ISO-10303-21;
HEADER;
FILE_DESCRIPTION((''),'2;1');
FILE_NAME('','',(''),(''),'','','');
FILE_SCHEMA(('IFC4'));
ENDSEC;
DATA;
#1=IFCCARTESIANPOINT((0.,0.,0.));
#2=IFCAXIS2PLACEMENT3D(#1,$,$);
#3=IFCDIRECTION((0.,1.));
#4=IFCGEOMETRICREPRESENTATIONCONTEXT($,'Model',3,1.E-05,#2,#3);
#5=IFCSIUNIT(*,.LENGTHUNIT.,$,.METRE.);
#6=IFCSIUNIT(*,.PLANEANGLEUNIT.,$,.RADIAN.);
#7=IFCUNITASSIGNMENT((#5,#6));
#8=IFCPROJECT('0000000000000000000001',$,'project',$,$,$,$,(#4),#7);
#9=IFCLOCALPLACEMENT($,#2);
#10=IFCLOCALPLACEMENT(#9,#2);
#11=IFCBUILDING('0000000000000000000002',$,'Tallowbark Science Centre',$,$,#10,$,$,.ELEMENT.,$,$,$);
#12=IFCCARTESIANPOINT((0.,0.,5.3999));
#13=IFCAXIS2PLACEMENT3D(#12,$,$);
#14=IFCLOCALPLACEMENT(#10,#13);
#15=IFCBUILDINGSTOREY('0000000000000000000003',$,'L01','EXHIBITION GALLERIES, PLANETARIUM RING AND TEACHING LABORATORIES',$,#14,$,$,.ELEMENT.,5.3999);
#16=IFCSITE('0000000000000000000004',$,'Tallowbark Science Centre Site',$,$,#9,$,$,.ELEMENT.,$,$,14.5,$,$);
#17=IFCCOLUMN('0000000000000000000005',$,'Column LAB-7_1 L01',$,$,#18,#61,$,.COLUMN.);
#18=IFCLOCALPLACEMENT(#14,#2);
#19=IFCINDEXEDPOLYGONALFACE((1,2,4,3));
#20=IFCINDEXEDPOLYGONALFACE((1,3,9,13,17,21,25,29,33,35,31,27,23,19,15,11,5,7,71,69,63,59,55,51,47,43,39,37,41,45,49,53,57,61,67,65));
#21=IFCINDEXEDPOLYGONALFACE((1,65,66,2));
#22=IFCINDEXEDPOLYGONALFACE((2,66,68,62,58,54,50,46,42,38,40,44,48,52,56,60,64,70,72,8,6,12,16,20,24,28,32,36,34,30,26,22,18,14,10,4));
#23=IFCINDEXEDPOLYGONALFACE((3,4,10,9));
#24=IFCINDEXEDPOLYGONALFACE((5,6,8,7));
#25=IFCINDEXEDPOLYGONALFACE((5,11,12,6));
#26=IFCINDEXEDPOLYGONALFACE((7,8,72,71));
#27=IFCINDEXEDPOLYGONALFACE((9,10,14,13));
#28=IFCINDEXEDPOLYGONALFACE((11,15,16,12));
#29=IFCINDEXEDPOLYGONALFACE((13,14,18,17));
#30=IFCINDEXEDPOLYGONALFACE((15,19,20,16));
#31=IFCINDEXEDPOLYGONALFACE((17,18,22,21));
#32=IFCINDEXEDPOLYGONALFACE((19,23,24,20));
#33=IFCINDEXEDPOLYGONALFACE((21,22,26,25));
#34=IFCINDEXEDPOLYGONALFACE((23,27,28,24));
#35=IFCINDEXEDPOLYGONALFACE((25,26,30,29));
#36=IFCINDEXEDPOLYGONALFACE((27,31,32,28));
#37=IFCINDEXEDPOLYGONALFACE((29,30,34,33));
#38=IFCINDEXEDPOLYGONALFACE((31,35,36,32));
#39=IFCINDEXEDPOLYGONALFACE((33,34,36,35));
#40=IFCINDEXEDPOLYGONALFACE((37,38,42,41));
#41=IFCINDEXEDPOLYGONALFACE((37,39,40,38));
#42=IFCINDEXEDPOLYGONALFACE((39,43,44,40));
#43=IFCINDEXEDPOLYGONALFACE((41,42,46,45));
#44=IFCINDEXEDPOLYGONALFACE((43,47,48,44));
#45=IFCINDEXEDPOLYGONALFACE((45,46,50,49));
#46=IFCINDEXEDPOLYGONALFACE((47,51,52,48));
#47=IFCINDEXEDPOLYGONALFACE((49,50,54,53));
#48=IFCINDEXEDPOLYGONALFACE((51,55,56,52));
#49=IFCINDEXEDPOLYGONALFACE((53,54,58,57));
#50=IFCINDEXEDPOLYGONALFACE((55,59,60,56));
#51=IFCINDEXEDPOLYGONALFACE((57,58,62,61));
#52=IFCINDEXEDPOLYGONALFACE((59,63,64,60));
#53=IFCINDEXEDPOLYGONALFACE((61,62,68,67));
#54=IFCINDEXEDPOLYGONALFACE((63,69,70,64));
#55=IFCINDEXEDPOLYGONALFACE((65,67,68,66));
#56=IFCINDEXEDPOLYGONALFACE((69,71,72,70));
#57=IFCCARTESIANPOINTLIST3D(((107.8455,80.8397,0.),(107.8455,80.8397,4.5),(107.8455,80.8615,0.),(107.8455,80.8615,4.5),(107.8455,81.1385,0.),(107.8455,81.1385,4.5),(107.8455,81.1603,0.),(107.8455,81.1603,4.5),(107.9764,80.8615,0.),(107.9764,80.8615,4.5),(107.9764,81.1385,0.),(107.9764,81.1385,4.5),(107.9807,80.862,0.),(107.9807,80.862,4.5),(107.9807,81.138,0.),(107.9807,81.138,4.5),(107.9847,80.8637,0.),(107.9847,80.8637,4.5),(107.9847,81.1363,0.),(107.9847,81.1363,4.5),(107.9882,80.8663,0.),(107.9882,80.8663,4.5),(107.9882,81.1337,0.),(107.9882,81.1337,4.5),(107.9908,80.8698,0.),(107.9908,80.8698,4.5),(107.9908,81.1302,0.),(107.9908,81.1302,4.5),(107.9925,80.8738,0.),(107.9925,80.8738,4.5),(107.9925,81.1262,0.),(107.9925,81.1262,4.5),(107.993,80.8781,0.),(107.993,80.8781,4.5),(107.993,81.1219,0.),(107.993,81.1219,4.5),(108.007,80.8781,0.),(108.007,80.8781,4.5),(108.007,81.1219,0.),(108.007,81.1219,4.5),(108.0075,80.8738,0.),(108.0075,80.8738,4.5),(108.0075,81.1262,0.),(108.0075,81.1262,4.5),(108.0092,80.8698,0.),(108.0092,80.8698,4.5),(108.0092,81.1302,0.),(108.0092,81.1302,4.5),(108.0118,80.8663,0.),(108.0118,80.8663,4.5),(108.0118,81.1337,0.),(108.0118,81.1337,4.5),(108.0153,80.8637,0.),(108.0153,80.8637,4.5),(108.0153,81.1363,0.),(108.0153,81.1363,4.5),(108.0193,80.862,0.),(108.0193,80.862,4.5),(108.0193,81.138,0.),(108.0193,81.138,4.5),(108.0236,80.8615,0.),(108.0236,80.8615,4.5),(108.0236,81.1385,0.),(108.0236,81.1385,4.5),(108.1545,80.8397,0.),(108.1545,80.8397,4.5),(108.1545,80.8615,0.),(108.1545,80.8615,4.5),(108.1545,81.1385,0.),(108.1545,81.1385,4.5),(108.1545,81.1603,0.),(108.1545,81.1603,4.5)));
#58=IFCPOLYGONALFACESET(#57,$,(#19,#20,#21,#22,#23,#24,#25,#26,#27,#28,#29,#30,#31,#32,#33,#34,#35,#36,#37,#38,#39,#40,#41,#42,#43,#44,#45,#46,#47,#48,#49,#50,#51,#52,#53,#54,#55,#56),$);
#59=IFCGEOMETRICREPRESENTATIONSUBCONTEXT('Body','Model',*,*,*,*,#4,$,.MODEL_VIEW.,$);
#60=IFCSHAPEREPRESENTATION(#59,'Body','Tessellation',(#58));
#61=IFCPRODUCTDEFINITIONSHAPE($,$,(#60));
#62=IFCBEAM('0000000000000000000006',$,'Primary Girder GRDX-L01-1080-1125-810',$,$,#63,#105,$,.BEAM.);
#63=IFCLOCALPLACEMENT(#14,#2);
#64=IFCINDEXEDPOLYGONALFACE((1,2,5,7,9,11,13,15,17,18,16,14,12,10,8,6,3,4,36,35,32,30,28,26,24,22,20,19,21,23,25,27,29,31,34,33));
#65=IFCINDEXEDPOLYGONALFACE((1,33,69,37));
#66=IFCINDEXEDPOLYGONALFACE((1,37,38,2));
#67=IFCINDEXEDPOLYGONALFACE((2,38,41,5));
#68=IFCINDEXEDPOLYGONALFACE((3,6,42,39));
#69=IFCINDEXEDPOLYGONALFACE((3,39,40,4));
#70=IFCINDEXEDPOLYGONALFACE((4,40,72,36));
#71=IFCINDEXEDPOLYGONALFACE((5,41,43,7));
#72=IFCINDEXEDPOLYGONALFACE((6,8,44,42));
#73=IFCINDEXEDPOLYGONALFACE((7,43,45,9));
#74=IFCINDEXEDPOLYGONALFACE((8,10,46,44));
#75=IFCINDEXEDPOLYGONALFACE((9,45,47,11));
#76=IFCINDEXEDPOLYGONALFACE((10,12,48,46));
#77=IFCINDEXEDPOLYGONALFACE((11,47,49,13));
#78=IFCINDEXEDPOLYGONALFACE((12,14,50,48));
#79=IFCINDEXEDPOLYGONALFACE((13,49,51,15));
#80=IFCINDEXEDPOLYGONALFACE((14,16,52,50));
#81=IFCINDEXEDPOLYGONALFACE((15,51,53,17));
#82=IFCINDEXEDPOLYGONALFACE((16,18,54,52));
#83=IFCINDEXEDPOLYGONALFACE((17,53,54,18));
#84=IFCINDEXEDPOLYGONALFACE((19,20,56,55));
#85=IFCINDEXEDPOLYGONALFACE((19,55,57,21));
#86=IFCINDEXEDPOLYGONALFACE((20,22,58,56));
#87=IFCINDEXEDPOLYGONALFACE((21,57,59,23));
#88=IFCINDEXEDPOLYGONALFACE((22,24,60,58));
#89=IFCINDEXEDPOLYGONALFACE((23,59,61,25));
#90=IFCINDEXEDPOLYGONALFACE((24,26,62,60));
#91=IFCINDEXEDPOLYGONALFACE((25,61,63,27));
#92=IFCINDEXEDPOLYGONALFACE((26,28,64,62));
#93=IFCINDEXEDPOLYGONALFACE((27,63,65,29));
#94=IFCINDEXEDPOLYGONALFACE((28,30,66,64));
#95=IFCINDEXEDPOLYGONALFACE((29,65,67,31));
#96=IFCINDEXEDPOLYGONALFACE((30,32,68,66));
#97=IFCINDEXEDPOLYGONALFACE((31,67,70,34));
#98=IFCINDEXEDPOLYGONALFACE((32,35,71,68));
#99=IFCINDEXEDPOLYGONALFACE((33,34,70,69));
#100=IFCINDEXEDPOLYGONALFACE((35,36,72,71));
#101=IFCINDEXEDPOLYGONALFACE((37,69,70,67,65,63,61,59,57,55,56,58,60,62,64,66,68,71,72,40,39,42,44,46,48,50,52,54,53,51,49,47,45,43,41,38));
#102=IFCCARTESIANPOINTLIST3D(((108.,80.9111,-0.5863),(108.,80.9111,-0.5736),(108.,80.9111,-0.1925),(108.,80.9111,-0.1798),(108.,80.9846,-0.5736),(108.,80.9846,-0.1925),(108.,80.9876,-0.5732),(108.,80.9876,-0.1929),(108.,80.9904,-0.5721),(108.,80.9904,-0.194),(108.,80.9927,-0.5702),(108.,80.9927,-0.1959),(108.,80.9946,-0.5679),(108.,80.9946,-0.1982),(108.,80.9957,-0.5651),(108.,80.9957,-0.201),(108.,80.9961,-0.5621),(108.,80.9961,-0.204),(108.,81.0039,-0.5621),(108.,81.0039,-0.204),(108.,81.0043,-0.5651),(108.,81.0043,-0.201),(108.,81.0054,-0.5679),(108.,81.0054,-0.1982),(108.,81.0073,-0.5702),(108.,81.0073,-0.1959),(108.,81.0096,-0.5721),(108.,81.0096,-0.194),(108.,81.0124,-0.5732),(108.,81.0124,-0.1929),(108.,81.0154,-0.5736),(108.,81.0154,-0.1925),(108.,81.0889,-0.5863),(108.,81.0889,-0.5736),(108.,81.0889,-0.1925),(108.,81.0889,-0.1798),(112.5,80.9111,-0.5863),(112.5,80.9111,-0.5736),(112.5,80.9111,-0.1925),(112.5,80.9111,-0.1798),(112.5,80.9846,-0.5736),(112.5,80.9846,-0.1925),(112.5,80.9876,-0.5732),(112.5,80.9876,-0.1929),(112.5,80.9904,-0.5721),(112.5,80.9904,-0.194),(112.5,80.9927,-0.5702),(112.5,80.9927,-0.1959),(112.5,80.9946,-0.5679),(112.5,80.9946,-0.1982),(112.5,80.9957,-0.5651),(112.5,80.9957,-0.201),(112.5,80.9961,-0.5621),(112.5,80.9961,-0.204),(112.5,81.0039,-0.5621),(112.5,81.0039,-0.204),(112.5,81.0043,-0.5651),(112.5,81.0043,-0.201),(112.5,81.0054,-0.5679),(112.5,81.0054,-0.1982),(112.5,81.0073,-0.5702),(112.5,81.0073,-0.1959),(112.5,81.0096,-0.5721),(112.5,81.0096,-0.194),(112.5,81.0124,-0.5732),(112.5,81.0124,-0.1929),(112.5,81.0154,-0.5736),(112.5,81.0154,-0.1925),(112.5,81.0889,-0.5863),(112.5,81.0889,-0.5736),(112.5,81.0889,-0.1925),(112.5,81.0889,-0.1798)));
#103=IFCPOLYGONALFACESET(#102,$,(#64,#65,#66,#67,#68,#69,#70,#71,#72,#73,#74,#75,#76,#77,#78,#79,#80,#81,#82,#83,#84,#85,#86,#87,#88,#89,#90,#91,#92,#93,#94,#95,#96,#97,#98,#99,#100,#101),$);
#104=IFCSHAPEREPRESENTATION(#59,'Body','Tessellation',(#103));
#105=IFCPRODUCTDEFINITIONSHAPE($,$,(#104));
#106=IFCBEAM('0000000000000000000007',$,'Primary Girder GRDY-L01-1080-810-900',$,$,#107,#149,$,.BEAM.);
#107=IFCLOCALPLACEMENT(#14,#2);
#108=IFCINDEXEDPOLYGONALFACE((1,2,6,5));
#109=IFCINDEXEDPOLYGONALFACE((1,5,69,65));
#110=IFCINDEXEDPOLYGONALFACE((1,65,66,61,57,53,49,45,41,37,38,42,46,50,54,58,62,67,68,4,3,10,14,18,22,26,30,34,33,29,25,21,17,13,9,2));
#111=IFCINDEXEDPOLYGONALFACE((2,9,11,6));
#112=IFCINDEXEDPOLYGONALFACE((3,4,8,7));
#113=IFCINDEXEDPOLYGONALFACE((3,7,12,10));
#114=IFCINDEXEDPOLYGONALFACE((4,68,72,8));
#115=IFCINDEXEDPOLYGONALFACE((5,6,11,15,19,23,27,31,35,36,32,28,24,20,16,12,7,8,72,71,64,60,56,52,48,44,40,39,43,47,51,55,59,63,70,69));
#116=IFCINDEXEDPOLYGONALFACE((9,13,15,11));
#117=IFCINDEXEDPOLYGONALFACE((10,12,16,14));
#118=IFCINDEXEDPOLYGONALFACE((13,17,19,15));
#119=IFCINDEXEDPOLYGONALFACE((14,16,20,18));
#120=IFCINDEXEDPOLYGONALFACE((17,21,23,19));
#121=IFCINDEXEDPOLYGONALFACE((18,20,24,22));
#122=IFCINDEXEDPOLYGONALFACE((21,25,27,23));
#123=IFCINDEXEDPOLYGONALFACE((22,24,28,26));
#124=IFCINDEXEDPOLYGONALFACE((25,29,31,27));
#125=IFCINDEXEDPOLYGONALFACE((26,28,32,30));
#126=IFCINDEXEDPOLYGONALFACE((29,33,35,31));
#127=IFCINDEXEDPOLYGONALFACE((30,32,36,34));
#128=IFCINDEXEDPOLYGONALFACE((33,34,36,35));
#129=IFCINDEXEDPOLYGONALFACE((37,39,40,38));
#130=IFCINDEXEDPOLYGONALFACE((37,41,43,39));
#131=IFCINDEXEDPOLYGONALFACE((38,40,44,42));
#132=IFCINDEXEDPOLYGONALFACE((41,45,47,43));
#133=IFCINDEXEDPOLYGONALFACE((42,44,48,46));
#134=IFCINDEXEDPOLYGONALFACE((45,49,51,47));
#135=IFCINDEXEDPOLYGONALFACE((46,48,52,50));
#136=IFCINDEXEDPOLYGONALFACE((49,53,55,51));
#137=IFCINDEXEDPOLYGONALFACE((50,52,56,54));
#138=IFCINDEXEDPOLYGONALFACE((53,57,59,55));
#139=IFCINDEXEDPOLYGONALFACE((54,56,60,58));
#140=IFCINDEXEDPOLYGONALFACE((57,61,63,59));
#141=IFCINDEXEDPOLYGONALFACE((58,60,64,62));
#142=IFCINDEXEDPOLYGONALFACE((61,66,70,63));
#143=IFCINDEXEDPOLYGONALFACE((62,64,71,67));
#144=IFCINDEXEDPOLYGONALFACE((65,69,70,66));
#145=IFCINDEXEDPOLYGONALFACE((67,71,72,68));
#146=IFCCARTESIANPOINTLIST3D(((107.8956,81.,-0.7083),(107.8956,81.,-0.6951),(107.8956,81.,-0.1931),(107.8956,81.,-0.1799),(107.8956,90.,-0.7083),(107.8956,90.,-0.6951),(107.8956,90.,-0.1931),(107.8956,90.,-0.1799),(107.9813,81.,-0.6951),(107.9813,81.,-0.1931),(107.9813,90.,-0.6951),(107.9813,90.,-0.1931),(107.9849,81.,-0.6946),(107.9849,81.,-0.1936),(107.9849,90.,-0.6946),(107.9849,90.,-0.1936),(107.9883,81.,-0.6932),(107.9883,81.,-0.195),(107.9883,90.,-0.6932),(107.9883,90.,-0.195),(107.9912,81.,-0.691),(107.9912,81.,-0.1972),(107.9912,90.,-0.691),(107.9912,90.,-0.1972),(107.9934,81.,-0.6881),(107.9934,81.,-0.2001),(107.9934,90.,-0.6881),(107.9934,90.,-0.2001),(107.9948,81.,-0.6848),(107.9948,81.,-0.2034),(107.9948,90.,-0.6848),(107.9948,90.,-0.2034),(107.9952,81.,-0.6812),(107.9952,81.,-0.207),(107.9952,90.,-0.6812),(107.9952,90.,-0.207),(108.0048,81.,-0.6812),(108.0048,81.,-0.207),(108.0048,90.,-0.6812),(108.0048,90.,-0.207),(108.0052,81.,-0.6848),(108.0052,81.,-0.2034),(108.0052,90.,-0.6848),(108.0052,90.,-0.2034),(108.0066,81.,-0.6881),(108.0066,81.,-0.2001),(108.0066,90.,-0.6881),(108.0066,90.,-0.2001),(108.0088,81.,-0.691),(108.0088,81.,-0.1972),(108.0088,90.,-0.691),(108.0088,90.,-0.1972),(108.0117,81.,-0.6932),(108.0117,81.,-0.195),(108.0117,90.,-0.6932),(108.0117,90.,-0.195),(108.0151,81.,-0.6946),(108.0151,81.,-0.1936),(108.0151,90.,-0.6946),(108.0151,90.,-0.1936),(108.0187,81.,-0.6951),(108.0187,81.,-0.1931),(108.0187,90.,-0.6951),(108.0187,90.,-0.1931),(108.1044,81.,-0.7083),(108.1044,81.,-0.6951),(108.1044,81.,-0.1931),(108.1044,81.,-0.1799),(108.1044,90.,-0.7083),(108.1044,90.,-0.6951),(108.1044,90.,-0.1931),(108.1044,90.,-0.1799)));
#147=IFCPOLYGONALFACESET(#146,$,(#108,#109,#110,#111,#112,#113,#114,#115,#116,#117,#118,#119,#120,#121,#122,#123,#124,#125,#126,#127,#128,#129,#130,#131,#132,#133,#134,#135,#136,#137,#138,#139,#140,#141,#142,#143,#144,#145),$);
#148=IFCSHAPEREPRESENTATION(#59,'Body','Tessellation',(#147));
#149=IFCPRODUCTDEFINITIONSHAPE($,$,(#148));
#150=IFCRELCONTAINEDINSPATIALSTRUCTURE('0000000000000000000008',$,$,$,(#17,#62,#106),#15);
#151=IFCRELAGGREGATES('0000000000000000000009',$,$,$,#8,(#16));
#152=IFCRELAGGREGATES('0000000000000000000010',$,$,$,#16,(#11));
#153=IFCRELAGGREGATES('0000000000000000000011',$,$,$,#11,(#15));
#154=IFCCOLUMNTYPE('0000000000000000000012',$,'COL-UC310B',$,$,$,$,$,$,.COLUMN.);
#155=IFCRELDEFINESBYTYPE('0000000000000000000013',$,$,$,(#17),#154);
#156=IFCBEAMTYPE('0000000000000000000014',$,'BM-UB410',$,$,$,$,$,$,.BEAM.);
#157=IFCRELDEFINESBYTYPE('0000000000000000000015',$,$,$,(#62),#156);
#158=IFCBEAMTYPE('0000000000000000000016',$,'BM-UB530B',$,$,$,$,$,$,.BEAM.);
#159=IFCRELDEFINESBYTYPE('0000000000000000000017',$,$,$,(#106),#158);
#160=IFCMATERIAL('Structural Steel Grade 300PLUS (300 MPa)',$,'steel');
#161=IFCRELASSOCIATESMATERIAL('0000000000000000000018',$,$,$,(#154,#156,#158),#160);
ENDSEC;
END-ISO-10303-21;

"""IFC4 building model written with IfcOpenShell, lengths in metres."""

from ifc_helpers import new_model, si_unit, direction, frame, origin, origin_2d, place, context, subcontext, project, spatial, i_section, extrude, material, material_profile, profile_set, type_object, element, save


model = new_model("IFC4")

# Units and contexts
model_context = context("Model", 3, precision=1e-05, world=origin(), true_north=direction((0.0, 1.0)))
body_context = subcontext(model_context, "Body", "Model", "MODEL_VIEW")
ifc_project = project(units=[si_unit("LENGTHUNIT", "METRE"), si_unit("PLANEANGLEUNIT", "RADIAN")], contexts=[model_context])

# Site, building, storey
site_placement = place(None, origin())
site = spatial("IfcSite", under=ifc_project, at=site_placement, Name="Tallowbark Science Centre Site", CompositionType="ELEMENT", RefElevation=14.5)
building_placement = place(site_placement, origin())
building = spatial("IfcBuilding", under=site, at=building_placement, Name="Tallowbark Science Centre", CompositionType="ELEMENT")
storey_placement = place(building_placement, frame((0.0, 0.0, 5.3999)))
storey = spatial("IfcBuildingStorey", under=building, at=storey_placement, Name="L01", Description="EXHIBITION GALLERIES, PLANETARIUM RING AND TEACHING LABORATORIES", CompositionType="ELEMENT", Elevation=5.3999)

# Column
ifc_material_1 = material(Name="Structural Steel Grade 300PLUS (300 MPa)", Category="steel")
ifc_material_profile_1 = material_profile(ifc_material_1, i_section(OverallWidth=0.3091, OverallDepth=0.3206, WebThickness=0.0139, FlangeThickness=0.0217, FilletRadius=0.0166, at=origin_2d()), Name="310UC137")
ifc_profile_set_1 = profile_set([ifc_material_profile_1], Name="Structural Steel Grade 300PLUS (300 MPa)")
column_type = type_object("IfcColumnType", Name="COL-UC310B", PredefinedType="COLUMN", material=ifc_profile_set_1)
column_placement = place(storey_placement, frame((108.0, 81.0, 0.0), z_axis=(0.0, 0.0, 1.0), x_axis=(1.0, 0.0, 0.0)))
element("IfcColumn", 1, at=column_placement, inside=storey, type_object=column_type, Name="Column LAB-7_1 L01", PredefinedType="COLUMN", context=body_context, shape_type="SweptSolid", body=[
    extrude(i_section(OverallWidth=0.3091, OverallDepth=0.3206, WebThickness=0.0139, FlangeThickness=0.0217, FilletRadius=0.0166, at=origin_2d()), origin(), (0.0, 0.0, 1.0), 4.5),
])

# Beams
ifc_material_profile_2 = material_profile(ifc_material_1, i_section(OverallWidth=0.1777, OverallDepth=0.4065, WebThickness=0.0078, FlangeThickness=0.0127, FilletRadius=0.0115, at=origin_2d()), Name="410UB59.7")
ifc_profile_set_2 = profile_set([ifc_material_profile_2], Name="Structural Steel Grade 300PLUS (300 MPa)")
beam_type_1 = type_object("IfcBeamType", Name="BM-UB410", PredefinedType="BEAM", material=ifc_profile_set_2)
beam_1_placement = place(storey_placement, frame((108.0, 81.0, -0.3831), z_axis=(1.0, 0.0, 0.0), x_axis=(0.0, 1.0, 0.0)))
element("IfcBeam", 2, at=beam_1_placement, inside=storey, type_object=beam_type_1, Name="Primary Girder GRDX-L01-1080-1125-810", PredefinedType="BEAM", context=body_context, shape_type="SweptSolid", body=[
    extrude(i_section(OverallWidth=0.1777, OverallDepth=0.4065, WebThickness=0.0078, FlangeThickness=0.0127, FilletRadius=0.0115, at=origin_2d()), origin(), (0.0, 0.0, 1.0), 4.5),
])
ifc_material_profile_3 = material_profile(ifc_material_1, i_section(OverallWidth=0.2087, OverallDepth=0.5283, WebThickness=0.0095, FlangeThickness=0.0132, FilletRadius=0.0139, at=origin_2d()), Name="530UB82.0")
ifc_profile_set_3 = profile_set([ifc_material_profile_3], Name="Structural Steel Grade 300PLUS (300 MPa)")
beam_type_2 = type_object("IfcBeamType", Name="BM-UB530B", PredefinedType="BEAM", material=ifc_profile_set_3)
beam_2_placement = place(storey_placement, frame((108.0, 81.0, -0.4441), z_axis=(0.0, 1.0, 0.0), x_axis=(-1.0, 0.0, 0.0)))
element("IfcBeam", 3, at=beam_2_placement, inside=storey, type_object=beam_type_2, Name="Primary Girder GRDY-L01-1080-810-900", PredefinedType="BEAM", context=body_context, shape_type="SweptSolid", body=[
    extrude(i_section(OverallWidth=0.2087, OverallDepth=0.5283, WebThickness=0.0095, FlangeThickness=0.0132, FilletRadius=0.0139, at=origin_2d()), origin(), (0.0, 0.0, 1.0), 9.0),
])

save(model, "model.ifc")
